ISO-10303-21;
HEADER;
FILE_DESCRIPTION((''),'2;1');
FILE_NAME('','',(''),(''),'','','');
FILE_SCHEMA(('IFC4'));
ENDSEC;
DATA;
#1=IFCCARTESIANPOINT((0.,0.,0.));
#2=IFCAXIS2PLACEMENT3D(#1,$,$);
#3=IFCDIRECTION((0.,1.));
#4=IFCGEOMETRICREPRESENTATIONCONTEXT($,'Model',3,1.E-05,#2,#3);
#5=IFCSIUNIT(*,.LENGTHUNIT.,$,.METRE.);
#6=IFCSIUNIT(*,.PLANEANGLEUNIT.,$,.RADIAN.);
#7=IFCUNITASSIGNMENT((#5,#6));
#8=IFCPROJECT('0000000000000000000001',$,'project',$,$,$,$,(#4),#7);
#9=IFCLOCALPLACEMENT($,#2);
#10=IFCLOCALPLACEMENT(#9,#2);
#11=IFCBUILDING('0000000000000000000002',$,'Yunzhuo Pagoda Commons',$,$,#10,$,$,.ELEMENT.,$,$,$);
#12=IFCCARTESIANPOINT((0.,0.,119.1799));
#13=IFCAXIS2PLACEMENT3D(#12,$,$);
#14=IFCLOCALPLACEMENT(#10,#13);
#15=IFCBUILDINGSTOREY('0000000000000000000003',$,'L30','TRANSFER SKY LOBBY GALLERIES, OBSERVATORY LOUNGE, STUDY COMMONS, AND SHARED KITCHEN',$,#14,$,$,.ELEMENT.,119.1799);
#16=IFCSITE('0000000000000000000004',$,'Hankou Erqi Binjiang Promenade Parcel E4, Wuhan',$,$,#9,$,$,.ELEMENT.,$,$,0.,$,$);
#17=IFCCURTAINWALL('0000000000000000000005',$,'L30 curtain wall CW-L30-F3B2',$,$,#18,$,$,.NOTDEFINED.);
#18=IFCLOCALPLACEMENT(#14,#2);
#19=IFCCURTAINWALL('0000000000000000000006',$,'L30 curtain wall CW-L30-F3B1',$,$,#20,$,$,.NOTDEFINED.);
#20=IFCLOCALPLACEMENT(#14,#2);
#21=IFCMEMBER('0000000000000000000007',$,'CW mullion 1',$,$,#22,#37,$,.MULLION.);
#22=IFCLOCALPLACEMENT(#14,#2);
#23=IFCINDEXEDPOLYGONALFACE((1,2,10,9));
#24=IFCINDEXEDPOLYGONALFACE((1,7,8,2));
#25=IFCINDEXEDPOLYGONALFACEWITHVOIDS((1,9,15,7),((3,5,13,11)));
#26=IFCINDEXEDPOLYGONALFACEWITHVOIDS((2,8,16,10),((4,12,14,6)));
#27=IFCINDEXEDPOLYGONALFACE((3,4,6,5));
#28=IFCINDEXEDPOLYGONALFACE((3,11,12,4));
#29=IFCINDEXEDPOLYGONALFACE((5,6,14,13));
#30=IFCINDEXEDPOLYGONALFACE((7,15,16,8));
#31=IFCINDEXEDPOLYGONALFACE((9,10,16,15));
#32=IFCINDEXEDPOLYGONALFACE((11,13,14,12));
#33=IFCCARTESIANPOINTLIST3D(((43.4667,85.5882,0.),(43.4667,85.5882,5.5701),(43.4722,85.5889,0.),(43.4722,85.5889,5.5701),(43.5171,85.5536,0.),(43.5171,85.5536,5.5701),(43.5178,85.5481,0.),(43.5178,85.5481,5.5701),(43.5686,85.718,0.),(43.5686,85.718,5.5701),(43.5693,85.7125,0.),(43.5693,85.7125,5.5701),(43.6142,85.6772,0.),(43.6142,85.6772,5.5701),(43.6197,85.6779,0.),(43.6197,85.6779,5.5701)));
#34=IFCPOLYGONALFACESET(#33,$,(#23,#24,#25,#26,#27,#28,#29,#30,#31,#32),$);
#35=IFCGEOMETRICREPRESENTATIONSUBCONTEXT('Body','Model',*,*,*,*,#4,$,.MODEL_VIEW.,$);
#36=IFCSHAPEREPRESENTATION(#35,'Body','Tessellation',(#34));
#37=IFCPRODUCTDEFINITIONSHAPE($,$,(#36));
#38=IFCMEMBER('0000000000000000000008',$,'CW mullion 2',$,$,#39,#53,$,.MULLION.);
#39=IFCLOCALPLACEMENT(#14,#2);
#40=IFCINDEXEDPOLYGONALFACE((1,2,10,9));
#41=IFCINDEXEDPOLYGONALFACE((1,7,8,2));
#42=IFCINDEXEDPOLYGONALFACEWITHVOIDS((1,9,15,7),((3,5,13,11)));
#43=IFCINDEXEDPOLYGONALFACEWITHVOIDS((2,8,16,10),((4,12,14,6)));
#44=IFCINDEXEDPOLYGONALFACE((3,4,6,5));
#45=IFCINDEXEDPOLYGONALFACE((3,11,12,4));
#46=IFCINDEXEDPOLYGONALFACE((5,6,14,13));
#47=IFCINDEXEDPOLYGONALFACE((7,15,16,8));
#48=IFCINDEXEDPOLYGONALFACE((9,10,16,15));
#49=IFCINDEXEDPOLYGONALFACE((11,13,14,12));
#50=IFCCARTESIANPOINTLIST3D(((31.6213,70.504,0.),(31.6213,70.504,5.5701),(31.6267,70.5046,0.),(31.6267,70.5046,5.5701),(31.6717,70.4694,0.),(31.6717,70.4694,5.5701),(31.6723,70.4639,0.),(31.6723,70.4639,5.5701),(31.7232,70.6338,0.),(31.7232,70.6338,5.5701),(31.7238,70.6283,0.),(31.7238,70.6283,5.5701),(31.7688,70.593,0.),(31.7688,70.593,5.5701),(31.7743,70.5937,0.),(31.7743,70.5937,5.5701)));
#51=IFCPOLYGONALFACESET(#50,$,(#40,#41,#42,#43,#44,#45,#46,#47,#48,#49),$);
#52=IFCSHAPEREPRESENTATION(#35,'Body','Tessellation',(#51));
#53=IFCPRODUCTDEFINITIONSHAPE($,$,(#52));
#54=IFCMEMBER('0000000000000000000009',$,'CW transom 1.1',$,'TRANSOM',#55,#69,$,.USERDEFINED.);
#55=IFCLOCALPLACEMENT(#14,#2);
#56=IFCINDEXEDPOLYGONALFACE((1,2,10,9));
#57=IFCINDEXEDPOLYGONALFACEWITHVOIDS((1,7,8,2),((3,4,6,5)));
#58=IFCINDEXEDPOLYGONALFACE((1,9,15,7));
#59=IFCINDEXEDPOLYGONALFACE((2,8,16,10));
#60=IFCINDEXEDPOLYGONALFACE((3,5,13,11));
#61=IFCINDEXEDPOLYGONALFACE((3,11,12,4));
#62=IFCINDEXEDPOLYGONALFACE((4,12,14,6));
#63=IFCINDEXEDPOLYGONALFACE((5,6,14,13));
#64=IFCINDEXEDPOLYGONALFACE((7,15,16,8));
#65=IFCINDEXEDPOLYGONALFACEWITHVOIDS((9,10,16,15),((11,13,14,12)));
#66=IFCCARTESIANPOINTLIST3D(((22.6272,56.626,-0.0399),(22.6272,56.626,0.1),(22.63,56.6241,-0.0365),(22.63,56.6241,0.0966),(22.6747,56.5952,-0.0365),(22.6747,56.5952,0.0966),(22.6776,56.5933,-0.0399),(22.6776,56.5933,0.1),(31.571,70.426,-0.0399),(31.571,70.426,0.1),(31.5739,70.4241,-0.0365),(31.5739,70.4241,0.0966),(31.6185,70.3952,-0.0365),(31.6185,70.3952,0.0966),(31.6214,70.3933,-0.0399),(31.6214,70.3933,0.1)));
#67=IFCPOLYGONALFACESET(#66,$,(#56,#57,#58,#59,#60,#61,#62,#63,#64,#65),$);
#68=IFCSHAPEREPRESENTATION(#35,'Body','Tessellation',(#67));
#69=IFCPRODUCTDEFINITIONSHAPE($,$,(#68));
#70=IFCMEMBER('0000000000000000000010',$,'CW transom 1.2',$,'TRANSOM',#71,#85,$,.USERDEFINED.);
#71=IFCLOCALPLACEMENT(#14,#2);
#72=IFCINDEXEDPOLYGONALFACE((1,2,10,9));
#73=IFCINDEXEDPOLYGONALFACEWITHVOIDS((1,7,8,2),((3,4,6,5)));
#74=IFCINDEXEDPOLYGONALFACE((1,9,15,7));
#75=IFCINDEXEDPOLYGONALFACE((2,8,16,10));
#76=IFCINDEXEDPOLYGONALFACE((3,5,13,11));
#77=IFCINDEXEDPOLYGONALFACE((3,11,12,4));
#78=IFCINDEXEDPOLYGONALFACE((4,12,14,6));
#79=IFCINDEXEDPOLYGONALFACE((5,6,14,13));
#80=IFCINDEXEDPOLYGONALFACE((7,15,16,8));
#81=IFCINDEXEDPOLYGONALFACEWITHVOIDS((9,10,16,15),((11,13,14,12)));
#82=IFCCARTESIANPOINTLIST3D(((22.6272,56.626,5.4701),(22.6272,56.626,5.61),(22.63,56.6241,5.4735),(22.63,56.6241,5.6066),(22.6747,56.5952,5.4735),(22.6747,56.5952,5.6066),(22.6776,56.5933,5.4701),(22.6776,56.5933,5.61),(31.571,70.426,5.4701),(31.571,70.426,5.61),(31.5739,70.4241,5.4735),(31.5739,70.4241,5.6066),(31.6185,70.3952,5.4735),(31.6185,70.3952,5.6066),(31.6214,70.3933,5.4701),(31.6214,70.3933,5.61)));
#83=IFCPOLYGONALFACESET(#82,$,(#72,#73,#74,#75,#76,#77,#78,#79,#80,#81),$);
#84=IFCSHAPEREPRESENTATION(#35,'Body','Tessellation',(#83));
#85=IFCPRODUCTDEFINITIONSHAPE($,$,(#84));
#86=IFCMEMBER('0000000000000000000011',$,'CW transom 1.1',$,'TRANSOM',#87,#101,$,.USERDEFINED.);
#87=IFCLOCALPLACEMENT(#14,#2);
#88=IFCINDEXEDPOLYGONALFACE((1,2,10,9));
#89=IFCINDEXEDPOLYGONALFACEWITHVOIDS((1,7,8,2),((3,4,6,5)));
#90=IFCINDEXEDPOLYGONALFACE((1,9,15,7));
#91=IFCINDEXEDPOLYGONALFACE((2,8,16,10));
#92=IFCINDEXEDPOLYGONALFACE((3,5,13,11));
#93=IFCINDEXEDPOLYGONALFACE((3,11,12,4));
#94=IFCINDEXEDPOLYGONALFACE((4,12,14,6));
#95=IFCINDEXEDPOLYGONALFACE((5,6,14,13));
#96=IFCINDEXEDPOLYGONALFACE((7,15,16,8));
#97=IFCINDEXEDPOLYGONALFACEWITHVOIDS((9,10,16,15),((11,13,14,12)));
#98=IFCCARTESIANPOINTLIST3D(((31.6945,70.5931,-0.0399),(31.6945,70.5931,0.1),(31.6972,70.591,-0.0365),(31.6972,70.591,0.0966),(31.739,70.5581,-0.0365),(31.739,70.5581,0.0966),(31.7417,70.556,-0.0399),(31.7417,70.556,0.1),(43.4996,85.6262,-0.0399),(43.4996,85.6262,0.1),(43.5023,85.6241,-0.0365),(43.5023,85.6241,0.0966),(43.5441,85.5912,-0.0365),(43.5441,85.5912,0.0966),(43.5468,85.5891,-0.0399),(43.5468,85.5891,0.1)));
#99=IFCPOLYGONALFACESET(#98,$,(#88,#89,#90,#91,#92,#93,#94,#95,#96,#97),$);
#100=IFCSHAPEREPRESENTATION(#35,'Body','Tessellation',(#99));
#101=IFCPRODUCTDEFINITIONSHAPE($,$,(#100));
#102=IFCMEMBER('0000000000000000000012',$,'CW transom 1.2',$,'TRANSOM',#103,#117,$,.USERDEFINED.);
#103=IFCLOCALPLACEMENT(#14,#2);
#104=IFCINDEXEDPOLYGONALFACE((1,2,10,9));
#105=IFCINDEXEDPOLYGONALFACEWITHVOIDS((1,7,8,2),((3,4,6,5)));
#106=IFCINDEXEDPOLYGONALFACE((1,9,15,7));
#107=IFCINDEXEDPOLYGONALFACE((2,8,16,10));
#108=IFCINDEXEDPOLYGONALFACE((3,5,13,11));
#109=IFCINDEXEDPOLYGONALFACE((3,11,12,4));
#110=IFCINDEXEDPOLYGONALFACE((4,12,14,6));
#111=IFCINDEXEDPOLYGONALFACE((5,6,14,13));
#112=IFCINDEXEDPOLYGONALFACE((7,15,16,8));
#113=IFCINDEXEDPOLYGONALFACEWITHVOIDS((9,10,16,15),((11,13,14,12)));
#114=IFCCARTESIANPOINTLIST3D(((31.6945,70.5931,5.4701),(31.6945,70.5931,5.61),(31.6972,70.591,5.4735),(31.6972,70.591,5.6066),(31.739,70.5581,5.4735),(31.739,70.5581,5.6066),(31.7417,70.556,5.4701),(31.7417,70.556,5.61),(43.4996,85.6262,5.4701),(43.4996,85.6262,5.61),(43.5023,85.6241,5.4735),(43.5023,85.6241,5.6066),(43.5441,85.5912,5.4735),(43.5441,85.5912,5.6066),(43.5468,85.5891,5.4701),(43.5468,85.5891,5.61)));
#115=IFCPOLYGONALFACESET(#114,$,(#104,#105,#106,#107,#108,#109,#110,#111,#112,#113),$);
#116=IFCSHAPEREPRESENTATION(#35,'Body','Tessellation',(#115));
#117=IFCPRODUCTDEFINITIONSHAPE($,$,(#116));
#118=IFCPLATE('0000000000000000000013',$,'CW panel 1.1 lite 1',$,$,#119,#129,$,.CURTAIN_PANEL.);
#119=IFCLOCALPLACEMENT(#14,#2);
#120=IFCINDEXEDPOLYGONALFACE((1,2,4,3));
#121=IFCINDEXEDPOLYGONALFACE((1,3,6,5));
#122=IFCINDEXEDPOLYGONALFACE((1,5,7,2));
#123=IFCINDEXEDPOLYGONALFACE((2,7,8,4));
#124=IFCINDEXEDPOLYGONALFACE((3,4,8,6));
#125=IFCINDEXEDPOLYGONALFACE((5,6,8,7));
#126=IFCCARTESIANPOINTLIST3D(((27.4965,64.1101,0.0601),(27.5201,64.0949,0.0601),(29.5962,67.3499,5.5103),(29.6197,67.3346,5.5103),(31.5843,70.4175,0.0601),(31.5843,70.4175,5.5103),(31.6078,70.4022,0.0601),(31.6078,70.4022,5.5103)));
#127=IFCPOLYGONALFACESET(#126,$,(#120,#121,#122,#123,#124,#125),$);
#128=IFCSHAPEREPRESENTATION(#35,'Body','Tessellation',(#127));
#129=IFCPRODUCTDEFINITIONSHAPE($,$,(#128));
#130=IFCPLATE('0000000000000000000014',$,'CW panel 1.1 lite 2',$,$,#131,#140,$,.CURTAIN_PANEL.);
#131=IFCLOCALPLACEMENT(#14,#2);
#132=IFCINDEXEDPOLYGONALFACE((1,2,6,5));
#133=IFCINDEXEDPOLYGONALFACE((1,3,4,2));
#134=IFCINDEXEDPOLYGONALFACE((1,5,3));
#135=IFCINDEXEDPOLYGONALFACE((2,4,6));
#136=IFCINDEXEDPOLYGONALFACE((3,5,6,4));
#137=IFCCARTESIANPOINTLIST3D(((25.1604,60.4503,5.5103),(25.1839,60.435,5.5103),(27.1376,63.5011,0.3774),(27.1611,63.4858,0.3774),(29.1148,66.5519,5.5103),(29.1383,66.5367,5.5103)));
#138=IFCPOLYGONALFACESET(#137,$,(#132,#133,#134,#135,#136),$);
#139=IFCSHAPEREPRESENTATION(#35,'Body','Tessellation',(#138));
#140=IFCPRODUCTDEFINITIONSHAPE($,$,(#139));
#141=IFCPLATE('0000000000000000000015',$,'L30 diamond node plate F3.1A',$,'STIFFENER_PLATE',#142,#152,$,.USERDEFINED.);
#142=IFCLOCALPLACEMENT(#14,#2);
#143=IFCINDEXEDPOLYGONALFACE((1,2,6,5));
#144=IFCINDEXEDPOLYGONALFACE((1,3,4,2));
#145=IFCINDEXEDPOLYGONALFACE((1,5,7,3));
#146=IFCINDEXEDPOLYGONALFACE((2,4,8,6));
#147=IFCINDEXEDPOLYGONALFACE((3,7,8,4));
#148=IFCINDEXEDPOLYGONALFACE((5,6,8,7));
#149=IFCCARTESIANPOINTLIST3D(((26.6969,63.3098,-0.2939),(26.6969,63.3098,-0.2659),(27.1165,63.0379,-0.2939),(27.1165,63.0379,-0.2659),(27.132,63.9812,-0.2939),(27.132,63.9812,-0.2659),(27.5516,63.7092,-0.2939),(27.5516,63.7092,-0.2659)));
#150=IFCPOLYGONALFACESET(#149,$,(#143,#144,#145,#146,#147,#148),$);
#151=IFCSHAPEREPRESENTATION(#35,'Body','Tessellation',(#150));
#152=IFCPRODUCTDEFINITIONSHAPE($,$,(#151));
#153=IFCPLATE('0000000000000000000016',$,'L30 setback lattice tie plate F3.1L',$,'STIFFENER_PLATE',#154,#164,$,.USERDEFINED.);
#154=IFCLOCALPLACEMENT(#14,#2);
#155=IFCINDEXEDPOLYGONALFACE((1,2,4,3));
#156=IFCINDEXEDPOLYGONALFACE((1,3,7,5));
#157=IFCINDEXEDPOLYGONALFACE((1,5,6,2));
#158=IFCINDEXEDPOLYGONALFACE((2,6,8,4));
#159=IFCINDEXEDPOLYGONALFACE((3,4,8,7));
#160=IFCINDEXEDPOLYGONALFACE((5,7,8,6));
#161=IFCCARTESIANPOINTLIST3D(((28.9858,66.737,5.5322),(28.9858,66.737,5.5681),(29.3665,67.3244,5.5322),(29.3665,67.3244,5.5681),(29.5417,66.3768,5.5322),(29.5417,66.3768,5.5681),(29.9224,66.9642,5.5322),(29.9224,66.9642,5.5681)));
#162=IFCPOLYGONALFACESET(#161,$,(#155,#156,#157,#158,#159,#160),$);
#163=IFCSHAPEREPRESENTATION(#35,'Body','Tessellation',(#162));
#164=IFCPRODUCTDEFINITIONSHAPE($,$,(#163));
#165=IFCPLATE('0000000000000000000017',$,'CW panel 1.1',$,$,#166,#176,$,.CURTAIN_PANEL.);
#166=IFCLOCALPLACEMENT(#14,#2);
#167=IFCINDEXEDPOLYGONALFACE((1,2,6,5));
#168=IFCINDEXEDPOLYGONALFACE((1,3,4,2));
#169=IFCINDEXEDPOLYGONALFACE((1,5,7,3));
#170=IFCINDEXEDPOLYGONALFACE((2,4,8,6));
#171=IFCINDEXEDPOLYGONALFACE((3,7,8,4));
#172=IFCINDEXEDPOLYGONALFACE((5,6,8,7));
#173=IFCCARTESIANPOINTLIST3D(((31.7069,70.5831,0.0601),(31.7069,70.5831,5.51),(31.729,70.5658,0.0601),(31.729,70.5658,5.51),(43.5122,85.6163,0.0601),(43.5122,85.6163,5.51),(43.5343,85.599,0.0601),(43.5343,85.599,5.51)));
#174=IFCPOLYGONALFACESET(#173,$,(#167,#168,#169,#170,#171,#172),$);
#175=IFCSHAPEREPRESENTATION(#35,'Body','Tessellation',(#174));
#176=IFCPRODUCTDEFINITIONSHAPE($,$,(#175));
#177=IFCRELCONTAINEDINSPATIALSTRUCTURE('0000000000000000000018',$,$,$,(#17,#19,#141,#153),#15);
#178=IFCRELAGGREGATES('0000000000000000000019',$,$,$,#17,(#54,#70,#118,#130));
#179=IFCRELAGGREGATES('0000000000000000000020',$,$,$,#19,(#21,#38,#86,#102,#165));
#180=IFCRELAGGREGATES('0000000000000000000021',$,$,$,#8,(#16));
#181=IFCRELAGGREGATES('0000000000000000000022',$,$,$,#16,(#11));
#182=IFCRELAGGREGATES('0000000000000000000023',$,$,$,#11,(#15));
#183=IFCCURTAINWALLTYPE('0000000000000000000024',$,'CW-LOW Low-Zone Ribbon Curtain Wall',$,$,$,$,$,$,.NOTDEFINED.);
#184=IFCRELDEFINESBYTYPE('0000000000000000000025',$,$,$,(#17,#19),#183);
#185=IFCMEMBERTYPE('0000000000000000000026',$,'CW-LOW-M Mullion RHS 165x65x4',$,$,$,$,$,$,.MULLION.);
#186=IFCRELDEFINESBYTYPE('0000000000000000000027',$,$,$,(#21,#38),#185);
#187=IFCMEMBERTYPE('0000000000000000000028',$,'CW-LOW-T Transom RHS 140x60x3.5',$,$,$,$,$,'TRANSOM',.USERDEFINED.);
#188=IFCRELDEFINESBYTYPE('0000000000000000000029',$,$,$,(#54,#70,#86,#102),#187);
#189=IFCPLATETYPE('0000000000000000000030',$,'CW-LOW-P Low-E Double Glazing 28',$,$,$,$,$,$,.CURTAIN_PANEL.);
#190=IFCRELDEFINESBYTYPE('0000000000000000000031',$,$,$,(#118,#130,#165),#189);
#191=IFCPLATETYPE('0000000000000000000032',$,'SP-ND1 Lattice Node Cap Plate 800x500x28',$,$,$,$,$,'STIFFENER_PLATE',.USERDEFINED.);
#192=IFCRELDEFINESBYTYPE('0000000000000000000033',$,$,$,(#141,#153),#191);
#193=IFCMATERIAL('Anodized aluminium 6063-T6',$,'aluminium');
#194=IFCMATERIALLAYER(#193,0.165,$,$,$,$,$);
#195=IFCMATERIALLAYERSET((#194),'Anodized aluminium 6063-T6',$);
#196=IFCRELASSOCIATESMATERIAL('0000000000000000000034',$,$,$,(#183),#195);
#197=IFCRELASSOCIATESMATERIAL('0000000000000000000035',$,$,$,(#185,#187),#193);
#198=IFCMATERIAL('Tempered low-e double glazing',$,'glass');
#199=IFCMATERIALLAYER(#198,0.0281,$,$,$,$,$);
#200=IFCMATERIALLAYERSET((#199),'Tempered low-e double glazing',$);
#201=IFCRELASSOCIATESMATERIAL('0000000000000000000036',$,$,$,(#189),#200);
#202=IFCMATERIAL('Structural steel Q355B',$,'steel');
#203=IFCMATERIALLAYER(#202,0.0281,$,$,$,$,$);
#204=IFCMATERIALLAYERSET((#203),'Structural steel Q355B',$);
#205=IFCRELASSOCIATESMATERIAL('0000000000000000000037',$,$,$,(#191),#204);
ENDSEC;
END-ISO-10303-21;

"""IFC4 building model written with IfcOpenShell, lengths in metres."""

from ifc_helpers import new_model, si_unit, direction, frame, origin, origin_2d, place, context, subcontext, project, spatial, polyline, rectangle, hollow_rectangle, outline, extrude, source, transform, mapped, material, layer, layer_set, material_profile, profile_set, type_object, element, aggregate, save


model = new_model("IFC4")

# Units and contexts
model_context = context("Model", 3, precision=1e-05, world=origin(), true_north=direction((0.0, 1.0)))
body_context = subcontext(model_context, "Body", "Model", "MODEL_VIEW")
ifc_project = project(units=[si_unit("LENGTHUNIT", "METRE"), si_unit("PLANEANGLEUNIT", "RADIAN")], contexts=[model_context])

# Site, building, storey
site_placement = place(None, origin())
site = spatial("IfcSite", under=ifc_project, at=site_placement, Name="Hankou Erqi Binjiang Promenade Parcel E4, Wuhan", CompositionType="ELEMENT", RefElevation=0.0)
building_placement = place(site_placement, origin())
building = spatial("IfcBuilding", under=site, at=building_placement, Name="Yunzhuo Pagoda Commons", CompositionType="ELEMENT")
storey_placement = place(building_placement, frame((0.0, 0.0, 119.1799)))
storey = spatial("IfcBuildingStorey", under=building, at=storey_placement, Name="L30", Description="TRANSFER SKY LOBBY GALLERIES, OBSERVATORY LOUNGE, STUDY COMMONS, AND SHARED KITCHEN", CompositionType="ELEMENT", Elevation=119.1799)

# Shared definitions
ifc_material_1 = material(Name="Structural steel Q355B", Category="steel")

# Curtain wall
ifc_material_2 = material(Name="Anodized aluminium 6063-T6", Category="aluminium")
ifc_layer_1 = layer(ifc_material_2, 0.165)
ifc_layer_set_1 = layer_set([ifc_layer_1], Name="Anodized aluminium 6063-T6")
curtain_wall_type = type_object("IfcCurtainWallType", Name="CW-LOW Low-Zone Ribbon Curtain Wall", PredefinedType="NOTDEFINED", material=ifc_layer_set_1)
curtain_wall_1_placement = place(storey_placement, origin())
curtain_wall_1 = element("IfcCurtainWall", 1, at=curtain_wall_1_placement, inside=storey, type_object=curtain_wall_type, Name="L30 curtain wall CW-L30-F3B2", PredefinedType="NOTDEFINED")
ifc_material_profile_1 = material_profile(ifc_material_2, hollow_rectangle(XDim=0.0649, YDim=0.165, WallThickness=0.0039, at=origin_2d()), Name="Anodized aluminium 6063-T6")
ifc_profile_set_1 = profile_set([ifc_material_profile_1], Name="Anodized aluminium 6063-T6")
member_type_1 = type_object("IfcMemberType", Name="CW-LOW-M Mullion RHS 165x65x4", PredefinedType="MULLION", material=ifc_profile_set_1)
shared_shape_1 = source(origin(), body_context, "Body", "SweptSolid", [
    extrude(hollow_rectangle(XDim=0.0649, YDim=0.165, WallThickness=0.0039, at=origin_2d()), origin(), (0.0, 0.0, 1.0), 5.5701),
])

# Curtain wall, members
curtain_wall_2_placement = place(storey_placement, origin())
curtain_wall_2 = element("IfcCurtainWall", 2, at=curtain_wall_2_placement, inside=storey, type_object=curtain_wall_type, Name="L30 curtain wall CW-L30-F3B1", PredefinedType="NOTDEFINED")
member_1_placement = place(storey_placement, frame((43.5432, 85.6331, 0.0), z_axis=(0.0, 0.0, 1.0), x_axis=(0.786482, -0.617613, 0.0)))
member_1 = element("IfcMember", 3, at=member_1_placement, type_object=member_type_1, Name="CW mullion 1", PredefinedType="MULLION", context=body_context, shape_type="MappedRepresentation", body=[
    mapped(shared_shape_1, transform((0.0, 0.0, 0.0), scale=1.0)),
])
member_2_placement = place(storey_placement, frame((31.6978, 70.5488, 0.0), z_axis=(0.0, 0.0, 1.0), x_axis=(0.786482, -0.617613, 0.0)))
member_2 = element("IfcMember", 4, at=member_2_placement, type_object=member_type_1, Name="CW mullion 2", PredefinedType="MULLION", context=body_context, shape_type="MappedRepresentation", body=[
    mapped(shared_shape_1, transform((0.0, 0.0, 0.0), scale=1.0)),
])

# Members
ifc_material_profile_2 = material_profile(ifc_material_2, hollow_rectangle(XDim=0.0601, YDim=0.1399, WallThickness=0.0034, at=origin_2d()), Name="Anodized aluminium 6063-T6")
ifc_profile_set_2 = profile_set([ifc_material_profile_2], Name="Anodized aluminium 6063-T6")
member_type_2 = type_object("IfcMemberType", Name="CW-LOW-T Transom RHS 140x60x3.5", ElementType="TRANSOM", PredefinedType="USERDEFINED", material=ifc_profile_set_2)
shared_shape_2 = source(origin(), body_context, "Body", "SweptSolid", [
    extrude(hollow_rectangle(XDim=0.0601, YDim=0.1399, WallThickness=0.0034, at=origin_2d()), origin(), (0.0, 0.0, 1.0), 16.4448),
])
member_3_placement = place(storey_placement, frame((31.5962, 70.4097, 0.03), z_axis=(-0.543869, -0.83917, 0.0), x_axis=(0.83917, -0.543869, 0.0)))
member_3 = element("IfcMember", 5, at=member_3_placement, type_object=member_type_2, Name="CW transom 1.1", ObjectType="TRANSOM", PredefinedType="USERDEFINED", context=body_context, shape_type="MappedRepresentation", body=[
    mapped(shared_shape_2, transform((0.0, 0.0, 0.0), scale=1.0)),
])
member_4_placement = place(storey_placement, frame((31.5962, 70.4097, 5.54), z_axis=(-0.543869, -0.83917, 0.0), x_axis=(0.83917, -0.543869, 0.0)))
member_4 = element("IfcMember", 6, at=member_4_placement, type_object=member_type_2, Name="CW transom 1.2", ObjectType="TRANSOM", PredefinedType="USERDEFINED", context=body_context, shape_type="MappedRepresentation", body=[
    mapped(shared_shape_2, transform((0.0, 0.0, 0.0), scale=1.0)),
])
shared_shape_3 = source(origin(), body_context, "Body", "SweptSolid", [
    extrude(hollow_rectangle(XDim=0.0601, YDim=0.1399, WallThickness=0.0034, at=origin_2d()), origin(), (0.0, 0.0, 1.0), 19.1143),
])
member_5_placement = place(storey_placement, frame((43.5232, 85.6077, 0.03), z_axis=(-0.617607, -0.786487, 0.0), x_axis=(0.786487, -0.617607, 0.0)))
member_5 = element("IfcMember", 7, at=member_5_placement, type_object=member_type_2, Name="CW transom 1.1", ObjectType="TRANSOM", PredefinedType="USERDEFINED", context=body_context, shape_type="MappedRepresentation", body=[
    mapped(shared_shape_3, transform((0.0, 0.0, 0.0), scale=1.0)),
])
member_6_placement = place(storey_placement, frame((43.5232, 85.6077, 5.54), z_axis=(-0.617607, -0.786487, 0.0), x_axis=(0.786487, -0.617607, 0.0)))
member_6 = element("IfcMember", 8, at=member_6_placement, type_object=member_type_2, Name="CW transom 1.2", ObjectType="TRANSOM", PredefinedType="USERDEFINED", context=body_context, shape_type="MappedRepresentation", body=[
    mapped(shared_shape_3, transform((0.0, 0.0, 0.0), scale=1.0)),
])

# Plates
ifc_material_3 = material(Name="Tempered low-e double glazing", Category="glass")
ifc_layer_2 = layer(ifc_material_3, 0.0281)
ifc_layer_set_2 = layer_set([ifc_layer_2], Name="Tempered low-e double glazing")
plate_type_1 = type_object("IfcPlateType", Name="CW-LOW-P Low-E Double Glazing 28", PredefinedType="CURTAIN_PANEL", material=ifc_layer_set_2)
plate_1_placement = place(storey_placement, frame((29.564, 67.2485, 2.7852), z_axis=(-0.839175, 0.543862, 0.0), x_axis=(-0.543862, -0.839175, 0.0)))
plate_1 = element("IfcPlate", 9, at=plate_1_placement, type_object=plate_type_1, Name="CW panel 1.1 lite 1", PredefinedType="CURTAIN_PANEL", context=body_context, shape_type="SweptSolid", body=[
    extrude(outline(polyline([(-3.7581, -2.7251), (3.7581, -2.7251), (-0.1025, 2.7251), (-3.7581, 2.7251), (-3.7581, -2.7251)])), origin(), (0.0, 0.0, 1.0), 0.0281),
])
plate_2_placement = place(storey_placement, frame((27.1611, 63.4858, 2.9438), z_axis=(-0.839175, 0.543862, 0.0), x_axis=(-0.543862, -0.839175, 0.0)))
plate_2 = element("IfcPlate", 10, at=plate_2_placement, type_object=plate_type_1, Name="CW panel 1.1 lite 2", PredefinedType="CURTAIN_PANEL", context=body_context, shape_type="SweptSolid", body=[
    extrude(outline(polyline([(-3.6355, 2.5664), (0.0, -2.5664), (3.6355, 2.5664), (-3.6355, 2.5664)])), origin(), (0.0, 0.0, 1.0), 0.0281),
])
aggregate(curtain_wall_1, [member_3, member_4, plate_1, plate_2])

# Plates
ifc_layer_3 = layer(ifc_material_1, 0.0281)
ifc_layer_set_3 = layer_set([ifc_layer_3], Name="Structural steel Q355B")
plate_type_2 = type_object("IfcPlateType", Name="SP-ND1 Lattice Node Cap Plate 800x500x28", ElementType="STIFFENER_PLATE", PredefinedType="USERDEFINED", material=ifc_layer_set_3)
shared_shape_4 = source(origin(), body_context, "Body", "SweptSolid", [
    extrude(rectangle(XDim=0.8, YDim=0.5, at=origin_2d()), origin(), (0.0, 0.0, 1.0), 0.0281),
])
plate_3_placement = place(storey_placement, frame((27.1243, 63.5095, -0.2939), z_axis=(0.0, 0.0, 1.0), x_axis=(-0.543863, -0.839174, 0.0)))
element("IfcPlate", 11, at=plate_3_placement, inside=storey, type_object=plate_type_2, Name="L30 diamond node plate F3.1A", ObjectType="STIFFENER_PLATE", PredefinedType="USERDEFINED", context=body_context, shape_type="MappedRepresentation", body=[
    mapped(shared_shape_4, transform((0.0, 0.0, 0.0), scale=1.0)),
])
shared_shape_5 = source(origin(), body_context, "Body", "SweptSolid", [
    extrude(rectangle(XDim=0.7, YDim=0.6624, at=origin_2d()), origin(), (0.0, 0.0, 1.0), 0.0359),
])
plate_4_placement = place(storey_placement, frame((29.4541, 66.8506, 5.5322), z_axis=(0.0, 0.0, 1.0), x_axis=(-0.543863, -0.839174, 0.0)))
element("IfcPlate", 12, at=plate_4_placement, inside=storey, type_object=plate_type_2, Name="L30 setback lattice tie plate F3.1L", ObjectType="STIFFENER_PLATE", PredefinedType="USERDEFINED", context=body_context, shape_type="MappedRepresentation", body=[
    mapped(shared_shape_5, transform((0.0, 0.0, 0.0), scale=1.0)),
])

# Plate
shared_shape_6 = source(origin(), body_context, "Body", "SweptSolid", [
    extrude(rectangle(XDim=19.1145, YDim=0.0281, at=origin_2d()), origin(), (0.0, 0.0, 1.0), 5.45),
])
plate_5_placement = place(storey_placement, frame((37.6206, 78.0911, 0.0601), z_axis=(0.0, 0.0, 1.0), x_axis=(-0.617613, -0.786482, 0.0)))
plate_5 = element("IfcPlate", 13, at=plate_5_placement, type_object=plate_type_1, Name="CW panel 1.1", PredefinedType="CURTAIN_PANEL", context=body_context, shape_type="MappedRepresentation", body=[
    mapped(shared_shape_6, transform((0.0, 0.0, 0.0), scale=1.0)),
])
aggregate(curtain_wall_2, [member_1, member_2, member_5, member_6, plate_5])

save(model, "model.ifc")
